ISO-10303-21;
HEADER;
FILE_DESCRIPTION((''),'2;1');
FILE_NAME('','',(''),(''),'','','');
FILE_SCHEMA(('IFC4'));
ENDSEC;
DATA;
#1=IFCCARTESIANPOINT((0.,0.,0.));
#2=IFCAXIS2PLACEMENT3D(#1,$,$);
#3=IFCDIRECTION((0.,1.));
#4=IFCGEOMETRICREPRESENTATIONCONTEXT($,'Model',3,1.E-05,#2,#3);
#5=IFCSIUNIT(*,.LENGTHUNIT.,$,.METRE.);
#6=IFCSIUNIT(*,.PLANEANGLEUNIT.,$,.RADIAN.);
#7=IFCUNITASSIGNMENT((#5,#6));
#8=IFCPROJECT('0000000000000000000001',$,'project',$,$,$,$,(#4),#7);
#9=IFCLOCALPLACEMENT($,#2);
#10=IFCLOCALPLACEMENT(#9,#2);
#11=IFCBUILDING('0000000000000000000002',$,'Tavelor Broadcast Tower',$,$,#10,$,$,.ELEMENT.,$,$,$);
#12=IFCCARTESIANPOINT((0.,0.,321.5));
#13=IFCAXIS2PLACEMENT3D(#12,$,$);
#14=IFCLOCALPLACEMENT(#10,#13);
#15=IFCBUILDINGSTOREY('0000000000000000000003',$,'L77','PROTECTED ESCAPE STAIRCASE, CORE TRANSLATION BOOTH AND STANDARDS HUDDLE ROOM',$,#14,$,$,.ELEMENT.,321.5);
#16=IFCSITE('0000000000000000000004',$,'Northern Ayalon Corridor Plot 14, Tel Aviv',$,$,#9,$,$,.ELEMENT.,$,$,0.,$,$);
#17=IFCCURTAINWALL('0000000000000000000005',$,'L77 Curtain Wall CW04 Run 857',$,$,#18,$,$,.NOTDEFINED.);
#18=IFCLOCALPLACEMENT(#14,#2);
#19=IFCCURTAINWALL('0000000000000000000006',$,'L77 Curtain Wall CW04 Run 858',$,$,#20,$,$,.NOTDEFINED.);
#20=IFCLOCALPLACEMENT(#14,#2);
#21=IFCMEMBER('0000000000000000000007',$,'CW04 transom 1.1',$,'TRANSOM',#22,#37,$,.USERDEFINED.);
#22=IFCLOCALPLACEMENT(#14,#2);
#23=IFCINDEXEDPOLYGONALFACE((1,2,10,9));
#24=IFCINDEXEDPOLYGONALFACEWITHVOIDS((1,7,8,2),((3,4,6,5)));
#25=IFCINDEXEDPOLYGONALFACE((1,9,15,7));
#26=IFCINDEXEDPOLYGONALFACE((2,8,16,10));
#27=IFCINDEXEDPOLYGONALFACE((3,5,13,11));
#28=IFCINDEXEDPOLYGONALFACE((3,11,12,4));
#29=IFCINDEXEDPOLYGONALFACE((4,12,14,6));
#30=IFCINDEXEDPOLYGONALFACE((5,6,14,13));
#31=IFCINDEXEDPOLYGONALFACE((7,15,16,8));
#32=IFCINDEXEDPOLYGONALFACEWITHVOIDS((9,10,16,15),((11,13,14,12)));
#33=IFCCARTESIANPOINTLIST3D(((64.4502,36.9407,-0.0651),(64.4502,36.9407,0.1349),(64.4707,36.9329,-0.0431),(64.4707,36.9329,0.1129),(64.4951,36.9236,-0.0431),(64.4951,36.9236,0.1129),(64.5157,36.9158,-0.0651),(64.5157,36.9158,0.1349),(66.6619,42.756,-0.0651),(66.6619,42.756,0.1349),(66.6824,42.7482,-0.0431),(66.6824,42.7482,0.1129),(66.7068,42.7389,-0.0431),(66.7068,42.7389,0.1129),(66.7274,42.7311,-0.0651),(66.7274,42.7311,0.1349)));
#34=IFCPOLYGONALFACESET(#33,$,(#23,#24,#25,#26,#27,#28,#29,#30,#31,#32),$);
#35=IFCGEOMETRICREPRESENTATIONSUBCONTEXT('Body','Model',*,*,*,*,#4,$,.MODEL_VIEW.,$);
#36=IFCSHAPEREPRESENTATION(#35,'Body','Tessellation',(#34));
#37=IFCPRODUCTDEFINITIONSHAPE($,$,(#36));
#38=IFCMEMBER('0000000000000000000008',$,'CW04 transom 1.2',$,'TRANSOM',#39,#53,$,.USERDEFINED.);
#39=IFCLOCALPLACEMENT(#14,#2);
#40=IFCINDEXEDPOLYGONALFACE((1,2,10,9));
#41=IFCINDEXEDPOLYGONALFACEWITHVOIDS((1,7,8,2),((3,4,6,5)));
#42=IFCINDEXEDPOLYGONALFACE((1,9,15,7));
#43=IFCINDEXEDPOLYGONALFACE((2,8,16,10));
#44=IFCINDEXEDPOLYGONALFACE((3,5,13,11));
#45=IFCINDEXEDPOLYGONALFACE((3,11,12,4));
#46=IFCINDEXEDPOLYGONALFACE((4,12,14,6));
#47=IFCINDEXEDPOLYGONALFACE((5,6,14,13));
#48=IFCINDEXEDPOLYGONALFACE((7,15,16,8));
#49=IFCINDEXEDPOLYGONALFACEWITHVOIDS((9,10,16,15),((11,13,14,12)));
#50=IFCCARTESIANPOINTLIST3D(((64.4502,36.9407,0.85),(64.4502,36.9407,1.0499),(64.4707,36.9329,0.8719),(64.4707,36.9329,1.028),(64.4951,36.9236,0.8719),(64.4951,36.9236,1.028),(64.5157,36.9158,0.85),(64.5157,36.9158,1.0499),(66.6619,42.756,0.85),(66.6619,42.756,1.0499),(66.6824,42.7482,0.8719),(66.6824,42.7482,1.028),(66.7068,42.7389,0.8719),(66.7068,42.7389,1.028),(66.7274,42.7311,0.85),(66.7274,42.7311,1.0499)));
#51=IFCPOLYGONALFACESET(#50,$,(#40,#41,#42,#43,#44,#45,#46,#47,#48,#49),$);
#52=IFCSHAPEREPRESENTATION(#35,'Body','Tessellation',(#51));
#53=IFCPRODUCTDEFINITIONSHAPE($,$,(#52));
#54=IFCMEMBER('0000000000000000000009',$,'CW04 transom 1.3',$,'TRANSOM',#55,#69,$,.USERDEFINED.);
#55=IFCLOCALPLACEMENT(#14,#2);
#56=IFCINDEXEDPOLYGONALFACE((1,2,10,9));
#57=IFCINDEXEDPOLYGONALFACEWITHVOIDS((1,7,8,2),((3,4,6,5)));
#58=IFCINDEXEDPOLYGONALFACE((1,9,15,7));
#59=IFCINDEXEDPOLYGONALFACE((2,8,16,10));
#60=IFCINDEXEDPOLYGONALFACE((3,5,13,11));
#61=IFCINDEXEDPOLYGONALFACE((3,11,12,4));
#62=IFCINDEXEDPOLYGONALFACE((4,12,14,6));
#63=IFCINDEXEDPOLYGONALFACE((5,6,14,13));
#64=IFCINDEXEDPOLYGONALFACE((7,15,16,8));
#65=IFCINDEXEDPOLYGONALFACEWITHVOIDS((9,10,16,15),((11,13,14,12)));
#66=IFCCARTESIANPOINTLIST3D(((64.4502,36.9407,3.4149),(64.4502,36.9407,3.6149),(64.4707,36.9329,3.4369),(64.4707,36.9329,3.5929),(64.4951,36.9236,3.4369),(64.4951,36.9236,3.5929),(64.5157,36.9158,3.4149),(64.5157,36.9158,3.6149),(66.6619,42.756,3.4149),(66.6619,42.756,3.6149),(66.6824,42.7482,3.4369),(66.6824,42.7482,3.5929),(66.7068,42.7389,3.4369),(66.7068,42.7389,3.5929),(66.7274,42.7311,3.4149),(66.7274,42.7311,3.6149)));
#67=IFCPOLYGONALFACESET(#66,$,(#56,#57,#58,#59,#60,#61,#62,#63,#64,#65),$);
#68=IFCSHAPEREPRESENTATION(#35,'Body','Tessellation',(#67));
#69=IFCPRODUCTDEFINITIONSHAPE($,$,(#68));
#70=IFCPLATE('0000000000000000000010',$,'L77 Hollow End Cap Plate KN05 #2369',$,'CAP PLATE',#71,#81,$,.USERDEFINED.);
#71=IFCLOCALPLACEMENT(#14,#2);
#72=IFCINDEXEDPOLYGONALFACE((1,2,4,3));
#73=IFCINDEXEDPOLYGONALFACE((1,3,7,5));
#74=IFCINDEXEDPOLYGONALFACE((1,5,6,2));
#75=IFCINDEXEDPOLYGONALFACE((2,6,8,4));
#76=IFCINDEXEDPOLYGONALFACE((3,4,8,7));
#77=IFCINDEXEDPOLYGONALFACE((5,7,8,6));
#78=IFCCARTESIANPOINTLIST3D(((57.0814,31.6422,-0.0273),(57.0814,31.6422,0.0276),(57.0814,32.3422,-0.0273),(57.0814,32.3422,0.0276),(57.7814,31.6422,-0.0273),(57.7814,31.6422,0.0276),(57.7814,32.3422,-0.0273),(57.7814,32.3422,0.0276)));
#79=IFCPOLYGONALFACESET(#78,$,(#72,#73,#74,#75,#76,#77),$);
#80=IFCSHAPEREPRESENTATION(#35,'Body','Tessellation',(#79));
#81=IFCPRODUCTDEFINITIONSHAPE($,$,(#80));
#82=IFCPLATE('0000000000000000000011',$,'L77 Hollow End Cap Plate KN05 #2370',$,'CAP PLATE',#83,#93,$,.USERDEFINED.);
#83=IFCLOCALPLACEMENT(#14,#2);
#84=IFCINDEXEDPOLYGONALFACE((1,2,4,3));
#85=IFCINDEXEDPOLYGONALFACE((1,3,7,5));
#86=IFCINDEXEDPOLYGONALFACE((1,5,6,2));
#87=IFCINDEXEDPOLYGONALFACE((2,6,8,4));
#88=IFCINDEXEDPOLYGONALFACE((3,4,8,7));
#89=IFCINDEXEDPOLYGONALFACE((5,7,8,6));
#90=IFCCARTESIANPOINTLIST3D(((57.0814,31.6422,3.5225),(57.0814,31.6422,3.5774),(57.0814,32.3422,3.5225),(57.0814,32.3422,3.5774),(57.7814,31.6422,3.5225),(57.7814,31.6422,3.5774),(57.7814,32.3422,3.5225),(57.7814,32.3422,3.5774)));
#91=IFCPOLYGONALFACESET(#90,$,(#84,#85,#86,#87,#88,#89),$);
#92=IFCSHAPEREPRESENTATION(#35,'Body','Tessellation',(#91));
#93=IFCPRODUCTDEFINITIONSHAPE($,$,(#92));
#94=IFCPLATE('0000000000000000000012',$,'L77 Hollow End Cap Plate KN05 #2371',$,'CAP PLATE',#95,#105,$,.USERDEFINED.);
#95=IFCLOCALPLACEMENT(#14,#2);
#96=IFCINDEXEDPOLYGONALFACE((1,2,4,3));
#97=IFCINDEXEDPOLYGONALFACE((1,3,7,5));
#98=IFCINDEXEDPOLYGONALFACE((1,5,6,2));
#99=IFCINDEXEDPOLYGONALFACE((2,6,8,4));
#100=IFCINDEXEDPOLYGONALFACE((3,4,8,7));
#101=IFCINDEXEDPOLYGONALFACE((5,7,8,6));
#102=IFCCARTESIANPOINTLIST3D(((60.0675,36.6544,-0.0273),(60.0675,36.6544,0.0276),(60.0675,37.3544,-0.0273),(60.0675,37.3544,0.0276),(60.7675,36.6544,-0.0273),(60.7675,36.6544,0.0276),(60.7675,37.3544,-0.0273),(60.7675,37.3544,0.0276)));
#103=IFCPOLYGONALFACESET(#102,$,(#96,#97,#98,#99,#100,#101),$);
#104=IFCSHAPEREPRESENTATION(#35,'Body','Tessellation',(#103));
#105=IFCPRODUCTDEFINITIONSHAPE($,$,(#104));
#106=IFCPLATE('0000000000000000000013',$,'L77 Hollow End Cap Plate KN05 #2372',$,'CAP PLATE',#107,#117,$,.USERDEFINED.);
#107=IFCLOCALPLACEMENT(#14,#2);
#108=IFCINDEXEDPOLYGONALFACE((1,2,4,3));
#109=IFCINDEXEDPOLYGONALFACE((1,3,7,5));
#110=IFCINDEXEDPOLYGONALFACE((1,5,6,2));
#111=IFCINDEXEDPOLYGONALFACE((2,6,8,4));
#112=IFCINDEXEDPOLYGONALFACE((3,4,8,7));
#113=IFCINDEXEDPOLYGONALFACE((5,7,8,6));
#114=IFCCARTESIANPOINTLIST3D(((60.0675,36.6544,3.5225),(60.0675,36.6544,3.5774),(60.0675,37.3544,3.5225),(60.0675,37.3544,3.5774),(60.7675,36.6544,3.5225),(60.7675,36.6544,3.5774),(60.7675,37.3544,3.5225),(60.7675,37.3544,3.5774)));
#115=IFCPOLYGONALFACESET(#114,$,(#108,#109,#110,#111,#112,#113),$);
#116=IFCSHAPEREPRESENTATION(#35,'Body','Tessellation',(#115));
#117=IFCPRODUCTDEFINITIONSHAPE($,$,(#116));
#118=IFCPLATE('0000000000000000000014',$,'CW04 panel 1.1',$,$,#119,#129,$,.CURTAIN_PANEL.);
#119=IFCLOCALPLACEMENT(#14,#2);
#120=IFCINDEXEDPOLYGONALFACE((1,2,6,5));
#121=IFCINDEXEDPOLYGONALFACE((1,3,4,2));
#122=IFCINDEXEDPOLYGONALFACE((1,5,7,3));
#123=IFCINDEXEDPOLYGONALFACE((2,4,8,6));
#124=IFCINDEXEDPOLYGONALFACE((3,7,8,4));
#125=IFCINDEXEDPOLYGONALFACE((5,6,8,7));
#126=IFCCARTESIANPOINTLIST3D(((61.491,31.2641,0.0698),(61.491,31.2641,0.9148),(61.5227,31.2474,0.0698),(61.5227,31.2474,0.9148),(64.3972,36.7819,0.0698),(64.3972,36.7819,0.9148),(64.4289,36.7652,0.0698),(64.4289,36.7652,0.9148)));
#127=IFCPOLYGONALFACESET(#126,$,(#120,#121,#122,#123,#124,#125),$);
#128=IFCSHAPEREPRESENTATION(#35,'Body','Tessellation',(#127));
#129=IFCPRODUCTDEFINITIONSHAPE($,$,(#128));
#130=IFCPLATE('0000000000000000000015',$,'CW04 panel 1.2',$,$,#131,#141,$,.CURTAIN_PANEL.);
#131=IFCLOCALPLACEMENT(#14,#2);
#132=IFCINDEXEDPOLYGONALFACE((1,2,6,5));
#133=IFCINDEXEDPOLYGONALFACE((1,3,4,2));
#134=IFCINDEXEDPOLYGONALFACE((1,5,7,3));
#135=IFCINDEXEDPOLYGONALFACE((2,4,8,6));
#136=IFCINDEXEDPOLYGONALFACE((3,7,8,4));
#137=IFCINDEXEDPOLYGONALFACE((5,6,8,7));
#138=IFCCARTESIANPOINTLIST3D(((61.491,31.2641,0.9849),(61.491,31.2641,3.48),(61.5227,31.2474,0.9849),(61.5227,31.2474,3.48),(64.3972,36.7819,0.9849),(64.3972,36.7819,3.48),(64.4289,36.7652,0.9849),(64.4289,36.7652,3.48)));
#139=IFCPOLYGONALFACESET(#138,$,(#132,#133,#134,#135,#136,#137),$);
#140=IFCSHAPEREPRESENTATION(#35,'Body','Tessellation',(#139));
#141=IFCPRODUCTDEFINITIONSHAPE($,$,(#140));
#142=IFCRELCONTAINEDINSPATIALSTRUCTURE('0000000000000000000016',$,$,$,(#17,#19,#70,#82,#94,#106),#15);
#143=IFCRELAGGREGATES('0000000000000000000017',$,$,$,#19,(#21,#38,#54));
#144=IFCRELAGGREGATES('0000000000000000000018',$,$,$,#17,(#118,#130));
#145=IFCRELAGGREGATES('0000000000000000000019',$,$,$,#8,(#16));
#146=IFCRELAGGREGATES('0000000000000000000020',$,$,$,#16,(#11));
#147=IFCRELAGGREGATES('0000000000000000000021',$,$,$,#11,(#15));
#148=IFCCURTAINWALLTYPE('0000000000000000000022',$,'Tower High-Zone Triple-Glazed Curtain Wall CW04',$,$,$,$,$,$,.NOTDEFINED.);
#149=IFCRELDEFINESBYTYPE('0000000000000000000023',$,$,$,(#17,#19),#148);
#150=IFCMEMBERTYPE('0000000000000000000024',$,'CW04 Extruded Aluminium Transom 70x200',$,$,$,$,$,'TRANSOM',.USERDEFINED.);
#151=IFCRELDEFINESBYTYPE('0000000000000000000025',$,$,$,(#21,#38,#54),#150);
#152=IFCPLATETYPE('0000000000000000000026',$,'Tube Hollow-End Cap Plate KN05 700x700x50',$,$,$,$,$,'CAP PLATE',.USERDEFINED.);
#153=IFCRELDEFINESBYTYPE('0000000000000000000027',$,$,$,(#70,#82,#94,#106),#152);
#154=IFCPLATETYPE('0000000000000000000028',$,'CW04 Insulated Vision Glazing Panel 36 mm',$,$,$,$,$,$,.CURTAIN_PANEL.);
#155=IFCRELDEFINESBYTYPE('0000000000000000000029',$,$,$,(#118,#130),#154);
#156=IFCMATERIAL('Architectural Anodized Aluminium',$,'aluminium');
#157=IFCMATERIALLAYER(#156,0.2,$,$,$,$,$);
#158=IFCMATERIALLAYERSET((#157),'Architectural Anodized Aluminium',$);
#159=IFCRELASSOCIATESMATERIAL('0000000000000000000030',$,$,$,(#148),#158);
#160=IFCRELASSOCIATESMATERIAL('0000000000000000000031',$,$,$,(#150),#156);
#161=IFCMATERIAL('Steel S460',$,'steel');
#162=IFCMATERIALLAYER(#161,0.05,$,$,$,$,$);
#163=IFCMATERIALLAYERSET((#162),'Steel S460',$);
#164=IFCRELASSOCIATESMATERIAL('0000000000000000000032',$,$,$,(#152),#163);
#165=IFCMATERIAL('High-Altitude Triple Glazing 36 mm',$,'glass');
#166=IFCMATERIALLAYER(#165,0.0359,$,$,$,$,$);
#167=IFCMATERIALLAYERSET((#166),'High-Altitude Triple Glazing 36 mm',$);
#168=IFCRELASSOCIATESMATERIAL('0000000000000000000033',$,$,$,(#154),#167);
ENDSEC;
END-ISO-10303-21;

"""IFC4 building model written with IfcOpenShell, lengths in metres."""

from ifc_helpers import new_model, si_unit, direction, frame, origin, origin_2d, place, context, subcontext, project, spatial, rectangle, hollow_rectangle, extrude, source, transform, mapped, material, layer, layer_set, material_profile, profile_set, type_object, type_shapes, element, aggregate, save


model = new_model("IFC4")

# Units and contexts
model_context = context("Model", 3, precision=1e-05, world=origin(), true_north=direction((0.0, 1.0)))
body_context = subcontext(model_context, "Body", "Model", "MODEL_VIEW")
ifc_project = project(units=[si_unit("LENGTHUNIT", "METRE"), si_unit("PLANEANGLEUNIT", "RADIAN")], contexts=[model_context])

# Site, building, storey
site_placement = place(None, origin())
site = spatial("IfcSite", under=ifc_project, at=site_placement, Name="Northern Ayalon Corridor Plot 14, Tel Aviv", CompositionType="ELEMENT", RefElevation=0.0)
building_placement = place(site_placement, origin())
building = spatial("IfcBuilding", under=site, at=building_placement, Name="Tavelor Broadcast Tower", CompositionType="ELEMENT")
storey_placement = place(building_placement, frame((0.0, 0.0, 321.5)))
storey = spatial("IfcBuildingStorey", under=building, at=storey_placement, Name="L77", Description="PROTECTED ESCAPE STAIRCASE, CORE TRANSLATION BOOTH AND STANDARDS HUDDLE ROOM", CompositionType="ELEMENT", Elevation=321.5)

# Shared definitions
ifc_material_1 = material(Name="Steel S460", Category="steel")

# Curtain wall
ifc_material_2 = material(Name="Architectural Anodized Aluminium", Category="aluminium")
ifc_layer_1 = layer(ifc_material_2, 0.2)
ifc_layer_set_1 = layer_set([ifc_layer_1], Name="Architectural Anodized Aluminium")
curtain_wall_type = type_object("IfcCurtainWallType", Name="Tower High-Zone Triple-Glazed Curtain Wall CW04", PredefinedType="NOTDEFINED", material=ifc_layer_set_1)
curtain_wall_1_placement = place(storey_placement, origin())
curtain_wall_1 = element("IfcCurtainWall", 1, at=curtain_wall_1_placement, inside=storey, type_object=curtain_wall_type, Name="L77 Curtain Wall CW04 Run 857", PredefinedType="NOTDEFINED")

# Curtain wall
curtain_wall_2_placement = place(storey_placement, origin())
curtain_wall_2 = element("IfcCurtainWall", 2, at=curtain_wall_2_placement, inside=storey, type_object=curtain_wall_type, Name="L77 Curtain Wall CW04 Run 858", PredefinedType="NOTDEFINED")

# Members
ifc_material_profile_1 = material_profile(ifc_material_2, hollow_rectangle(XDim=0.0701, YDim=0.2, WallThickness=0.022, at=origin_2d()), Name="RHS 70x200x22")
ifc_profile_set_1 = profile_set([ifc_material_profile_1], Name="Architectural Anodized Aluminium")
member_type_1 = type_object("IfcMemberType", Name="CW04 Extruded Aluminium Transom 70x200", ElementType="TRANSOM", PredefinedType="USERDEFINED", material=ifc_profile_set_1)
shared_shape_1 = source(origin(), body_context, "Body", "SweptSolid", [
    extrude(hollow_rectangle(XDim=0.0701, YDim=0.2, WallThickness=0.022, at=origin_2d()), origin(), (0.0, 0.0, 1.0), 6.2217),
])
member_1_placement = place(storey_placement, frame((64.4829, 36.9282, 0.0349), z_axis=(0.355485, 0.934682, 0.0), x_axis=(-0.934682, 0.355485, 0.0)))
member_1 = element("IfcMember", 3, at=member_1_placement, type_object=member_type_1, Name="CW04 transom 1.1", ObjectType="TRANSOM", PredefinedType="USERDEFINED", context=body_context, shape_type="MappedRepresentation", body=[
    mapped(shared_shape_1, transform((0.0, 0.0, 0.0), scale=1.0)),
])
member_2_placement = place(storey_placement, frame((64.4829, 36.9282, 0.95), z_axis=(0.355485, 0.934682, 0.0), x_axis=(-0.934682, 0.355485, 0.0)))
member_2 = element("IfcMember", 4, at=member_2_placement, type_object=member_type_1, Name="CW04 transom 1.2", ObjectType="TRANSOM", PredefinedType="USERDEFINED", context=body_context, shape_type="MappedRepresentation", body=[
    mapped(shared_shape_1, transform((0.0, 0.0, 0.0), scale=1.0)),
])
member_3_placement = place(storey_placement, frame((64.4829, 36.9282, 3.5149), z_axis=(0.355485, 0.934682, 0.0), x_axis=(-0.934682, 0.355485, 0.0)))
member_3 = element("IfcMember", 5, at=member_3_placement, type_object=member_type_1, Name="CW04 transom 1.3", ObjectType="TRANSOM", PredefinedType="USERDEFINED", context=body_context, shape_type="MappedRepresentation", body=[
    mapped(shared_shape_1, transform((0.0, 0.0, 0.0), scale=1.0)),
])
aggregate(curtain_wall_2, [member_1, member_2, member_3])

# Plates
ifc_layer_2 = layer(ifc_material_1, 0.05)
ifc_layer_set_2 = layer_set([ifc_layer_2], Name="Steel S460")
plate_type_1 = type_object("IfcPlateType", Name="Tube Hollow-End Cap Plate KN05 700x700x50", ElementType="CAP PLATE", PredefinedType="USERDEFINED", material=ifc_layer_set_2)
shared_shape_2 = source(origin(), body_context, "Body", "SweptSolid", [
    extrude(rectangle(XDim=0.7, YDim=0.7, at=origin_2d()), origin(), (0.0, 0.0, 1.0), 0.0549),
])
type_shapes(plate_type_1, [shared_shape_2])
for number, where, z_axis, x_axis, name in (
    (6, (57.4314, 31.9922, -0.0273), (0.0, 0.0, 1.0), (1.0, 0.0, 0.0), "L77 Hollow End Cap Plate KN05 #2369"),
    (7, (57.4314, 31.9922, 3.5225), (0.0, 0.0, 1.0), (1.0, 0.0, 0.0), "L77 Hollow End Cap Plate KN05 #2370"),
    (8, (60.4175, 37.0044, -0.0273), (0.0, 0.0, 1.0), (1.0, 0.0, 0.0), "L77 Hollow End Cap Plate KN05 #2371"),
    (9, (60.4175, 37.0044, 3.5225), (0.0, 0.0, 1.0), (1.0, 0.0, 0.0), "L77 Hollow End Cap Plate KN05 #2372"),
):
    element("IfcPlate", number, at=place(storey_placement, frame(where, z_axis=z_axis, x_axis=x_axis)), inside=storey, type_object=plate_type_1, Name=name, ObjectType="CAP PLATE", PredefinedType="USERDEFINED", context=body_context, shape_type="MappedRepresentation", body=[
        mapped(shared_shape_2, transform((0.0, 0.0, 0.0), scale=1.0)),
    ])

# Plates
ifc_material_3 = material(Name="High-Altitude Triple Glazing 36 mm", Category="glass")
ifc_layer_3 = layer(ifc_material_3, 0.0359)
ifc_layer_set_3 = layer_set([ifc_layer_3], Name="High-Altitude Triple Glazing 36 mm")
plate_type_2 = type_object("IfcPlateType", Name="CW04 Insulated Vision Glazing Panel 36 mm", PredefinedType="CURTAIN_PANEL", material=ifc_layer_set_3)
shared_shape_3 = source(origin(), body_context, "Body", "SweptSolid", [
    extrude(rectangle(XDim=6.2363, YDim=0.0359, at=origin_2d()), origin(), (0.0, 0.0, 1.0), 0.845),
])
plate_1_placement = place(storey_placement, frame((62.96, 34.0146, 0.0698), z_axis=(0.0, 0.0, 1.0), x_axis=(0.466015, 0.884777, 0.0)))
plate_1 = element("IfcPlate", 10, at=plate_1_placement, type_object=plate_type_2, Name="CW04 panel 1.1", PredefinedType="CURTAIN_PANEL", context=body_context, shape_type="MappedRepresentation", body=[
    mapped(shared_shape_3, transform((0.0, 0.0, 0.0), scale=1.0)),
])
shared_shape_4 = source(origin(), body_context, "Body", "SweptSolid", [
    extrude(rectangle(XDim=6.2363, YDim=0.0359, at=origin_2d()), origin(), (0.0, 0.0, 1.0), 2.4951),
])
type_shapes(plate_type_2, [shared_shape_3, shared_shape_4])
plate_2_placement = place(storey_placement, frame((62.96, 34.0146, 0.9849), z_axis=(0.0, 0.0, 1.0), x_axis=(0.466015, 0.884777, 0.0)))
plate_2 = element("IfcPlate", 11, at=plate_2_placement, type_object=plate_type_2, Name="CW04 panel 1.2", PredefinedType="CURTAIN_PANEL", context=body_context, shape_type="MappedRepresentation", body=[
    mapped(shared_shape_4, transform((0.0, 0.0, 0.0), scale=1.0)),
])
aggregate(curtain_wall_1, [plate_1, plate_2])

save(model, "model.ifc")
